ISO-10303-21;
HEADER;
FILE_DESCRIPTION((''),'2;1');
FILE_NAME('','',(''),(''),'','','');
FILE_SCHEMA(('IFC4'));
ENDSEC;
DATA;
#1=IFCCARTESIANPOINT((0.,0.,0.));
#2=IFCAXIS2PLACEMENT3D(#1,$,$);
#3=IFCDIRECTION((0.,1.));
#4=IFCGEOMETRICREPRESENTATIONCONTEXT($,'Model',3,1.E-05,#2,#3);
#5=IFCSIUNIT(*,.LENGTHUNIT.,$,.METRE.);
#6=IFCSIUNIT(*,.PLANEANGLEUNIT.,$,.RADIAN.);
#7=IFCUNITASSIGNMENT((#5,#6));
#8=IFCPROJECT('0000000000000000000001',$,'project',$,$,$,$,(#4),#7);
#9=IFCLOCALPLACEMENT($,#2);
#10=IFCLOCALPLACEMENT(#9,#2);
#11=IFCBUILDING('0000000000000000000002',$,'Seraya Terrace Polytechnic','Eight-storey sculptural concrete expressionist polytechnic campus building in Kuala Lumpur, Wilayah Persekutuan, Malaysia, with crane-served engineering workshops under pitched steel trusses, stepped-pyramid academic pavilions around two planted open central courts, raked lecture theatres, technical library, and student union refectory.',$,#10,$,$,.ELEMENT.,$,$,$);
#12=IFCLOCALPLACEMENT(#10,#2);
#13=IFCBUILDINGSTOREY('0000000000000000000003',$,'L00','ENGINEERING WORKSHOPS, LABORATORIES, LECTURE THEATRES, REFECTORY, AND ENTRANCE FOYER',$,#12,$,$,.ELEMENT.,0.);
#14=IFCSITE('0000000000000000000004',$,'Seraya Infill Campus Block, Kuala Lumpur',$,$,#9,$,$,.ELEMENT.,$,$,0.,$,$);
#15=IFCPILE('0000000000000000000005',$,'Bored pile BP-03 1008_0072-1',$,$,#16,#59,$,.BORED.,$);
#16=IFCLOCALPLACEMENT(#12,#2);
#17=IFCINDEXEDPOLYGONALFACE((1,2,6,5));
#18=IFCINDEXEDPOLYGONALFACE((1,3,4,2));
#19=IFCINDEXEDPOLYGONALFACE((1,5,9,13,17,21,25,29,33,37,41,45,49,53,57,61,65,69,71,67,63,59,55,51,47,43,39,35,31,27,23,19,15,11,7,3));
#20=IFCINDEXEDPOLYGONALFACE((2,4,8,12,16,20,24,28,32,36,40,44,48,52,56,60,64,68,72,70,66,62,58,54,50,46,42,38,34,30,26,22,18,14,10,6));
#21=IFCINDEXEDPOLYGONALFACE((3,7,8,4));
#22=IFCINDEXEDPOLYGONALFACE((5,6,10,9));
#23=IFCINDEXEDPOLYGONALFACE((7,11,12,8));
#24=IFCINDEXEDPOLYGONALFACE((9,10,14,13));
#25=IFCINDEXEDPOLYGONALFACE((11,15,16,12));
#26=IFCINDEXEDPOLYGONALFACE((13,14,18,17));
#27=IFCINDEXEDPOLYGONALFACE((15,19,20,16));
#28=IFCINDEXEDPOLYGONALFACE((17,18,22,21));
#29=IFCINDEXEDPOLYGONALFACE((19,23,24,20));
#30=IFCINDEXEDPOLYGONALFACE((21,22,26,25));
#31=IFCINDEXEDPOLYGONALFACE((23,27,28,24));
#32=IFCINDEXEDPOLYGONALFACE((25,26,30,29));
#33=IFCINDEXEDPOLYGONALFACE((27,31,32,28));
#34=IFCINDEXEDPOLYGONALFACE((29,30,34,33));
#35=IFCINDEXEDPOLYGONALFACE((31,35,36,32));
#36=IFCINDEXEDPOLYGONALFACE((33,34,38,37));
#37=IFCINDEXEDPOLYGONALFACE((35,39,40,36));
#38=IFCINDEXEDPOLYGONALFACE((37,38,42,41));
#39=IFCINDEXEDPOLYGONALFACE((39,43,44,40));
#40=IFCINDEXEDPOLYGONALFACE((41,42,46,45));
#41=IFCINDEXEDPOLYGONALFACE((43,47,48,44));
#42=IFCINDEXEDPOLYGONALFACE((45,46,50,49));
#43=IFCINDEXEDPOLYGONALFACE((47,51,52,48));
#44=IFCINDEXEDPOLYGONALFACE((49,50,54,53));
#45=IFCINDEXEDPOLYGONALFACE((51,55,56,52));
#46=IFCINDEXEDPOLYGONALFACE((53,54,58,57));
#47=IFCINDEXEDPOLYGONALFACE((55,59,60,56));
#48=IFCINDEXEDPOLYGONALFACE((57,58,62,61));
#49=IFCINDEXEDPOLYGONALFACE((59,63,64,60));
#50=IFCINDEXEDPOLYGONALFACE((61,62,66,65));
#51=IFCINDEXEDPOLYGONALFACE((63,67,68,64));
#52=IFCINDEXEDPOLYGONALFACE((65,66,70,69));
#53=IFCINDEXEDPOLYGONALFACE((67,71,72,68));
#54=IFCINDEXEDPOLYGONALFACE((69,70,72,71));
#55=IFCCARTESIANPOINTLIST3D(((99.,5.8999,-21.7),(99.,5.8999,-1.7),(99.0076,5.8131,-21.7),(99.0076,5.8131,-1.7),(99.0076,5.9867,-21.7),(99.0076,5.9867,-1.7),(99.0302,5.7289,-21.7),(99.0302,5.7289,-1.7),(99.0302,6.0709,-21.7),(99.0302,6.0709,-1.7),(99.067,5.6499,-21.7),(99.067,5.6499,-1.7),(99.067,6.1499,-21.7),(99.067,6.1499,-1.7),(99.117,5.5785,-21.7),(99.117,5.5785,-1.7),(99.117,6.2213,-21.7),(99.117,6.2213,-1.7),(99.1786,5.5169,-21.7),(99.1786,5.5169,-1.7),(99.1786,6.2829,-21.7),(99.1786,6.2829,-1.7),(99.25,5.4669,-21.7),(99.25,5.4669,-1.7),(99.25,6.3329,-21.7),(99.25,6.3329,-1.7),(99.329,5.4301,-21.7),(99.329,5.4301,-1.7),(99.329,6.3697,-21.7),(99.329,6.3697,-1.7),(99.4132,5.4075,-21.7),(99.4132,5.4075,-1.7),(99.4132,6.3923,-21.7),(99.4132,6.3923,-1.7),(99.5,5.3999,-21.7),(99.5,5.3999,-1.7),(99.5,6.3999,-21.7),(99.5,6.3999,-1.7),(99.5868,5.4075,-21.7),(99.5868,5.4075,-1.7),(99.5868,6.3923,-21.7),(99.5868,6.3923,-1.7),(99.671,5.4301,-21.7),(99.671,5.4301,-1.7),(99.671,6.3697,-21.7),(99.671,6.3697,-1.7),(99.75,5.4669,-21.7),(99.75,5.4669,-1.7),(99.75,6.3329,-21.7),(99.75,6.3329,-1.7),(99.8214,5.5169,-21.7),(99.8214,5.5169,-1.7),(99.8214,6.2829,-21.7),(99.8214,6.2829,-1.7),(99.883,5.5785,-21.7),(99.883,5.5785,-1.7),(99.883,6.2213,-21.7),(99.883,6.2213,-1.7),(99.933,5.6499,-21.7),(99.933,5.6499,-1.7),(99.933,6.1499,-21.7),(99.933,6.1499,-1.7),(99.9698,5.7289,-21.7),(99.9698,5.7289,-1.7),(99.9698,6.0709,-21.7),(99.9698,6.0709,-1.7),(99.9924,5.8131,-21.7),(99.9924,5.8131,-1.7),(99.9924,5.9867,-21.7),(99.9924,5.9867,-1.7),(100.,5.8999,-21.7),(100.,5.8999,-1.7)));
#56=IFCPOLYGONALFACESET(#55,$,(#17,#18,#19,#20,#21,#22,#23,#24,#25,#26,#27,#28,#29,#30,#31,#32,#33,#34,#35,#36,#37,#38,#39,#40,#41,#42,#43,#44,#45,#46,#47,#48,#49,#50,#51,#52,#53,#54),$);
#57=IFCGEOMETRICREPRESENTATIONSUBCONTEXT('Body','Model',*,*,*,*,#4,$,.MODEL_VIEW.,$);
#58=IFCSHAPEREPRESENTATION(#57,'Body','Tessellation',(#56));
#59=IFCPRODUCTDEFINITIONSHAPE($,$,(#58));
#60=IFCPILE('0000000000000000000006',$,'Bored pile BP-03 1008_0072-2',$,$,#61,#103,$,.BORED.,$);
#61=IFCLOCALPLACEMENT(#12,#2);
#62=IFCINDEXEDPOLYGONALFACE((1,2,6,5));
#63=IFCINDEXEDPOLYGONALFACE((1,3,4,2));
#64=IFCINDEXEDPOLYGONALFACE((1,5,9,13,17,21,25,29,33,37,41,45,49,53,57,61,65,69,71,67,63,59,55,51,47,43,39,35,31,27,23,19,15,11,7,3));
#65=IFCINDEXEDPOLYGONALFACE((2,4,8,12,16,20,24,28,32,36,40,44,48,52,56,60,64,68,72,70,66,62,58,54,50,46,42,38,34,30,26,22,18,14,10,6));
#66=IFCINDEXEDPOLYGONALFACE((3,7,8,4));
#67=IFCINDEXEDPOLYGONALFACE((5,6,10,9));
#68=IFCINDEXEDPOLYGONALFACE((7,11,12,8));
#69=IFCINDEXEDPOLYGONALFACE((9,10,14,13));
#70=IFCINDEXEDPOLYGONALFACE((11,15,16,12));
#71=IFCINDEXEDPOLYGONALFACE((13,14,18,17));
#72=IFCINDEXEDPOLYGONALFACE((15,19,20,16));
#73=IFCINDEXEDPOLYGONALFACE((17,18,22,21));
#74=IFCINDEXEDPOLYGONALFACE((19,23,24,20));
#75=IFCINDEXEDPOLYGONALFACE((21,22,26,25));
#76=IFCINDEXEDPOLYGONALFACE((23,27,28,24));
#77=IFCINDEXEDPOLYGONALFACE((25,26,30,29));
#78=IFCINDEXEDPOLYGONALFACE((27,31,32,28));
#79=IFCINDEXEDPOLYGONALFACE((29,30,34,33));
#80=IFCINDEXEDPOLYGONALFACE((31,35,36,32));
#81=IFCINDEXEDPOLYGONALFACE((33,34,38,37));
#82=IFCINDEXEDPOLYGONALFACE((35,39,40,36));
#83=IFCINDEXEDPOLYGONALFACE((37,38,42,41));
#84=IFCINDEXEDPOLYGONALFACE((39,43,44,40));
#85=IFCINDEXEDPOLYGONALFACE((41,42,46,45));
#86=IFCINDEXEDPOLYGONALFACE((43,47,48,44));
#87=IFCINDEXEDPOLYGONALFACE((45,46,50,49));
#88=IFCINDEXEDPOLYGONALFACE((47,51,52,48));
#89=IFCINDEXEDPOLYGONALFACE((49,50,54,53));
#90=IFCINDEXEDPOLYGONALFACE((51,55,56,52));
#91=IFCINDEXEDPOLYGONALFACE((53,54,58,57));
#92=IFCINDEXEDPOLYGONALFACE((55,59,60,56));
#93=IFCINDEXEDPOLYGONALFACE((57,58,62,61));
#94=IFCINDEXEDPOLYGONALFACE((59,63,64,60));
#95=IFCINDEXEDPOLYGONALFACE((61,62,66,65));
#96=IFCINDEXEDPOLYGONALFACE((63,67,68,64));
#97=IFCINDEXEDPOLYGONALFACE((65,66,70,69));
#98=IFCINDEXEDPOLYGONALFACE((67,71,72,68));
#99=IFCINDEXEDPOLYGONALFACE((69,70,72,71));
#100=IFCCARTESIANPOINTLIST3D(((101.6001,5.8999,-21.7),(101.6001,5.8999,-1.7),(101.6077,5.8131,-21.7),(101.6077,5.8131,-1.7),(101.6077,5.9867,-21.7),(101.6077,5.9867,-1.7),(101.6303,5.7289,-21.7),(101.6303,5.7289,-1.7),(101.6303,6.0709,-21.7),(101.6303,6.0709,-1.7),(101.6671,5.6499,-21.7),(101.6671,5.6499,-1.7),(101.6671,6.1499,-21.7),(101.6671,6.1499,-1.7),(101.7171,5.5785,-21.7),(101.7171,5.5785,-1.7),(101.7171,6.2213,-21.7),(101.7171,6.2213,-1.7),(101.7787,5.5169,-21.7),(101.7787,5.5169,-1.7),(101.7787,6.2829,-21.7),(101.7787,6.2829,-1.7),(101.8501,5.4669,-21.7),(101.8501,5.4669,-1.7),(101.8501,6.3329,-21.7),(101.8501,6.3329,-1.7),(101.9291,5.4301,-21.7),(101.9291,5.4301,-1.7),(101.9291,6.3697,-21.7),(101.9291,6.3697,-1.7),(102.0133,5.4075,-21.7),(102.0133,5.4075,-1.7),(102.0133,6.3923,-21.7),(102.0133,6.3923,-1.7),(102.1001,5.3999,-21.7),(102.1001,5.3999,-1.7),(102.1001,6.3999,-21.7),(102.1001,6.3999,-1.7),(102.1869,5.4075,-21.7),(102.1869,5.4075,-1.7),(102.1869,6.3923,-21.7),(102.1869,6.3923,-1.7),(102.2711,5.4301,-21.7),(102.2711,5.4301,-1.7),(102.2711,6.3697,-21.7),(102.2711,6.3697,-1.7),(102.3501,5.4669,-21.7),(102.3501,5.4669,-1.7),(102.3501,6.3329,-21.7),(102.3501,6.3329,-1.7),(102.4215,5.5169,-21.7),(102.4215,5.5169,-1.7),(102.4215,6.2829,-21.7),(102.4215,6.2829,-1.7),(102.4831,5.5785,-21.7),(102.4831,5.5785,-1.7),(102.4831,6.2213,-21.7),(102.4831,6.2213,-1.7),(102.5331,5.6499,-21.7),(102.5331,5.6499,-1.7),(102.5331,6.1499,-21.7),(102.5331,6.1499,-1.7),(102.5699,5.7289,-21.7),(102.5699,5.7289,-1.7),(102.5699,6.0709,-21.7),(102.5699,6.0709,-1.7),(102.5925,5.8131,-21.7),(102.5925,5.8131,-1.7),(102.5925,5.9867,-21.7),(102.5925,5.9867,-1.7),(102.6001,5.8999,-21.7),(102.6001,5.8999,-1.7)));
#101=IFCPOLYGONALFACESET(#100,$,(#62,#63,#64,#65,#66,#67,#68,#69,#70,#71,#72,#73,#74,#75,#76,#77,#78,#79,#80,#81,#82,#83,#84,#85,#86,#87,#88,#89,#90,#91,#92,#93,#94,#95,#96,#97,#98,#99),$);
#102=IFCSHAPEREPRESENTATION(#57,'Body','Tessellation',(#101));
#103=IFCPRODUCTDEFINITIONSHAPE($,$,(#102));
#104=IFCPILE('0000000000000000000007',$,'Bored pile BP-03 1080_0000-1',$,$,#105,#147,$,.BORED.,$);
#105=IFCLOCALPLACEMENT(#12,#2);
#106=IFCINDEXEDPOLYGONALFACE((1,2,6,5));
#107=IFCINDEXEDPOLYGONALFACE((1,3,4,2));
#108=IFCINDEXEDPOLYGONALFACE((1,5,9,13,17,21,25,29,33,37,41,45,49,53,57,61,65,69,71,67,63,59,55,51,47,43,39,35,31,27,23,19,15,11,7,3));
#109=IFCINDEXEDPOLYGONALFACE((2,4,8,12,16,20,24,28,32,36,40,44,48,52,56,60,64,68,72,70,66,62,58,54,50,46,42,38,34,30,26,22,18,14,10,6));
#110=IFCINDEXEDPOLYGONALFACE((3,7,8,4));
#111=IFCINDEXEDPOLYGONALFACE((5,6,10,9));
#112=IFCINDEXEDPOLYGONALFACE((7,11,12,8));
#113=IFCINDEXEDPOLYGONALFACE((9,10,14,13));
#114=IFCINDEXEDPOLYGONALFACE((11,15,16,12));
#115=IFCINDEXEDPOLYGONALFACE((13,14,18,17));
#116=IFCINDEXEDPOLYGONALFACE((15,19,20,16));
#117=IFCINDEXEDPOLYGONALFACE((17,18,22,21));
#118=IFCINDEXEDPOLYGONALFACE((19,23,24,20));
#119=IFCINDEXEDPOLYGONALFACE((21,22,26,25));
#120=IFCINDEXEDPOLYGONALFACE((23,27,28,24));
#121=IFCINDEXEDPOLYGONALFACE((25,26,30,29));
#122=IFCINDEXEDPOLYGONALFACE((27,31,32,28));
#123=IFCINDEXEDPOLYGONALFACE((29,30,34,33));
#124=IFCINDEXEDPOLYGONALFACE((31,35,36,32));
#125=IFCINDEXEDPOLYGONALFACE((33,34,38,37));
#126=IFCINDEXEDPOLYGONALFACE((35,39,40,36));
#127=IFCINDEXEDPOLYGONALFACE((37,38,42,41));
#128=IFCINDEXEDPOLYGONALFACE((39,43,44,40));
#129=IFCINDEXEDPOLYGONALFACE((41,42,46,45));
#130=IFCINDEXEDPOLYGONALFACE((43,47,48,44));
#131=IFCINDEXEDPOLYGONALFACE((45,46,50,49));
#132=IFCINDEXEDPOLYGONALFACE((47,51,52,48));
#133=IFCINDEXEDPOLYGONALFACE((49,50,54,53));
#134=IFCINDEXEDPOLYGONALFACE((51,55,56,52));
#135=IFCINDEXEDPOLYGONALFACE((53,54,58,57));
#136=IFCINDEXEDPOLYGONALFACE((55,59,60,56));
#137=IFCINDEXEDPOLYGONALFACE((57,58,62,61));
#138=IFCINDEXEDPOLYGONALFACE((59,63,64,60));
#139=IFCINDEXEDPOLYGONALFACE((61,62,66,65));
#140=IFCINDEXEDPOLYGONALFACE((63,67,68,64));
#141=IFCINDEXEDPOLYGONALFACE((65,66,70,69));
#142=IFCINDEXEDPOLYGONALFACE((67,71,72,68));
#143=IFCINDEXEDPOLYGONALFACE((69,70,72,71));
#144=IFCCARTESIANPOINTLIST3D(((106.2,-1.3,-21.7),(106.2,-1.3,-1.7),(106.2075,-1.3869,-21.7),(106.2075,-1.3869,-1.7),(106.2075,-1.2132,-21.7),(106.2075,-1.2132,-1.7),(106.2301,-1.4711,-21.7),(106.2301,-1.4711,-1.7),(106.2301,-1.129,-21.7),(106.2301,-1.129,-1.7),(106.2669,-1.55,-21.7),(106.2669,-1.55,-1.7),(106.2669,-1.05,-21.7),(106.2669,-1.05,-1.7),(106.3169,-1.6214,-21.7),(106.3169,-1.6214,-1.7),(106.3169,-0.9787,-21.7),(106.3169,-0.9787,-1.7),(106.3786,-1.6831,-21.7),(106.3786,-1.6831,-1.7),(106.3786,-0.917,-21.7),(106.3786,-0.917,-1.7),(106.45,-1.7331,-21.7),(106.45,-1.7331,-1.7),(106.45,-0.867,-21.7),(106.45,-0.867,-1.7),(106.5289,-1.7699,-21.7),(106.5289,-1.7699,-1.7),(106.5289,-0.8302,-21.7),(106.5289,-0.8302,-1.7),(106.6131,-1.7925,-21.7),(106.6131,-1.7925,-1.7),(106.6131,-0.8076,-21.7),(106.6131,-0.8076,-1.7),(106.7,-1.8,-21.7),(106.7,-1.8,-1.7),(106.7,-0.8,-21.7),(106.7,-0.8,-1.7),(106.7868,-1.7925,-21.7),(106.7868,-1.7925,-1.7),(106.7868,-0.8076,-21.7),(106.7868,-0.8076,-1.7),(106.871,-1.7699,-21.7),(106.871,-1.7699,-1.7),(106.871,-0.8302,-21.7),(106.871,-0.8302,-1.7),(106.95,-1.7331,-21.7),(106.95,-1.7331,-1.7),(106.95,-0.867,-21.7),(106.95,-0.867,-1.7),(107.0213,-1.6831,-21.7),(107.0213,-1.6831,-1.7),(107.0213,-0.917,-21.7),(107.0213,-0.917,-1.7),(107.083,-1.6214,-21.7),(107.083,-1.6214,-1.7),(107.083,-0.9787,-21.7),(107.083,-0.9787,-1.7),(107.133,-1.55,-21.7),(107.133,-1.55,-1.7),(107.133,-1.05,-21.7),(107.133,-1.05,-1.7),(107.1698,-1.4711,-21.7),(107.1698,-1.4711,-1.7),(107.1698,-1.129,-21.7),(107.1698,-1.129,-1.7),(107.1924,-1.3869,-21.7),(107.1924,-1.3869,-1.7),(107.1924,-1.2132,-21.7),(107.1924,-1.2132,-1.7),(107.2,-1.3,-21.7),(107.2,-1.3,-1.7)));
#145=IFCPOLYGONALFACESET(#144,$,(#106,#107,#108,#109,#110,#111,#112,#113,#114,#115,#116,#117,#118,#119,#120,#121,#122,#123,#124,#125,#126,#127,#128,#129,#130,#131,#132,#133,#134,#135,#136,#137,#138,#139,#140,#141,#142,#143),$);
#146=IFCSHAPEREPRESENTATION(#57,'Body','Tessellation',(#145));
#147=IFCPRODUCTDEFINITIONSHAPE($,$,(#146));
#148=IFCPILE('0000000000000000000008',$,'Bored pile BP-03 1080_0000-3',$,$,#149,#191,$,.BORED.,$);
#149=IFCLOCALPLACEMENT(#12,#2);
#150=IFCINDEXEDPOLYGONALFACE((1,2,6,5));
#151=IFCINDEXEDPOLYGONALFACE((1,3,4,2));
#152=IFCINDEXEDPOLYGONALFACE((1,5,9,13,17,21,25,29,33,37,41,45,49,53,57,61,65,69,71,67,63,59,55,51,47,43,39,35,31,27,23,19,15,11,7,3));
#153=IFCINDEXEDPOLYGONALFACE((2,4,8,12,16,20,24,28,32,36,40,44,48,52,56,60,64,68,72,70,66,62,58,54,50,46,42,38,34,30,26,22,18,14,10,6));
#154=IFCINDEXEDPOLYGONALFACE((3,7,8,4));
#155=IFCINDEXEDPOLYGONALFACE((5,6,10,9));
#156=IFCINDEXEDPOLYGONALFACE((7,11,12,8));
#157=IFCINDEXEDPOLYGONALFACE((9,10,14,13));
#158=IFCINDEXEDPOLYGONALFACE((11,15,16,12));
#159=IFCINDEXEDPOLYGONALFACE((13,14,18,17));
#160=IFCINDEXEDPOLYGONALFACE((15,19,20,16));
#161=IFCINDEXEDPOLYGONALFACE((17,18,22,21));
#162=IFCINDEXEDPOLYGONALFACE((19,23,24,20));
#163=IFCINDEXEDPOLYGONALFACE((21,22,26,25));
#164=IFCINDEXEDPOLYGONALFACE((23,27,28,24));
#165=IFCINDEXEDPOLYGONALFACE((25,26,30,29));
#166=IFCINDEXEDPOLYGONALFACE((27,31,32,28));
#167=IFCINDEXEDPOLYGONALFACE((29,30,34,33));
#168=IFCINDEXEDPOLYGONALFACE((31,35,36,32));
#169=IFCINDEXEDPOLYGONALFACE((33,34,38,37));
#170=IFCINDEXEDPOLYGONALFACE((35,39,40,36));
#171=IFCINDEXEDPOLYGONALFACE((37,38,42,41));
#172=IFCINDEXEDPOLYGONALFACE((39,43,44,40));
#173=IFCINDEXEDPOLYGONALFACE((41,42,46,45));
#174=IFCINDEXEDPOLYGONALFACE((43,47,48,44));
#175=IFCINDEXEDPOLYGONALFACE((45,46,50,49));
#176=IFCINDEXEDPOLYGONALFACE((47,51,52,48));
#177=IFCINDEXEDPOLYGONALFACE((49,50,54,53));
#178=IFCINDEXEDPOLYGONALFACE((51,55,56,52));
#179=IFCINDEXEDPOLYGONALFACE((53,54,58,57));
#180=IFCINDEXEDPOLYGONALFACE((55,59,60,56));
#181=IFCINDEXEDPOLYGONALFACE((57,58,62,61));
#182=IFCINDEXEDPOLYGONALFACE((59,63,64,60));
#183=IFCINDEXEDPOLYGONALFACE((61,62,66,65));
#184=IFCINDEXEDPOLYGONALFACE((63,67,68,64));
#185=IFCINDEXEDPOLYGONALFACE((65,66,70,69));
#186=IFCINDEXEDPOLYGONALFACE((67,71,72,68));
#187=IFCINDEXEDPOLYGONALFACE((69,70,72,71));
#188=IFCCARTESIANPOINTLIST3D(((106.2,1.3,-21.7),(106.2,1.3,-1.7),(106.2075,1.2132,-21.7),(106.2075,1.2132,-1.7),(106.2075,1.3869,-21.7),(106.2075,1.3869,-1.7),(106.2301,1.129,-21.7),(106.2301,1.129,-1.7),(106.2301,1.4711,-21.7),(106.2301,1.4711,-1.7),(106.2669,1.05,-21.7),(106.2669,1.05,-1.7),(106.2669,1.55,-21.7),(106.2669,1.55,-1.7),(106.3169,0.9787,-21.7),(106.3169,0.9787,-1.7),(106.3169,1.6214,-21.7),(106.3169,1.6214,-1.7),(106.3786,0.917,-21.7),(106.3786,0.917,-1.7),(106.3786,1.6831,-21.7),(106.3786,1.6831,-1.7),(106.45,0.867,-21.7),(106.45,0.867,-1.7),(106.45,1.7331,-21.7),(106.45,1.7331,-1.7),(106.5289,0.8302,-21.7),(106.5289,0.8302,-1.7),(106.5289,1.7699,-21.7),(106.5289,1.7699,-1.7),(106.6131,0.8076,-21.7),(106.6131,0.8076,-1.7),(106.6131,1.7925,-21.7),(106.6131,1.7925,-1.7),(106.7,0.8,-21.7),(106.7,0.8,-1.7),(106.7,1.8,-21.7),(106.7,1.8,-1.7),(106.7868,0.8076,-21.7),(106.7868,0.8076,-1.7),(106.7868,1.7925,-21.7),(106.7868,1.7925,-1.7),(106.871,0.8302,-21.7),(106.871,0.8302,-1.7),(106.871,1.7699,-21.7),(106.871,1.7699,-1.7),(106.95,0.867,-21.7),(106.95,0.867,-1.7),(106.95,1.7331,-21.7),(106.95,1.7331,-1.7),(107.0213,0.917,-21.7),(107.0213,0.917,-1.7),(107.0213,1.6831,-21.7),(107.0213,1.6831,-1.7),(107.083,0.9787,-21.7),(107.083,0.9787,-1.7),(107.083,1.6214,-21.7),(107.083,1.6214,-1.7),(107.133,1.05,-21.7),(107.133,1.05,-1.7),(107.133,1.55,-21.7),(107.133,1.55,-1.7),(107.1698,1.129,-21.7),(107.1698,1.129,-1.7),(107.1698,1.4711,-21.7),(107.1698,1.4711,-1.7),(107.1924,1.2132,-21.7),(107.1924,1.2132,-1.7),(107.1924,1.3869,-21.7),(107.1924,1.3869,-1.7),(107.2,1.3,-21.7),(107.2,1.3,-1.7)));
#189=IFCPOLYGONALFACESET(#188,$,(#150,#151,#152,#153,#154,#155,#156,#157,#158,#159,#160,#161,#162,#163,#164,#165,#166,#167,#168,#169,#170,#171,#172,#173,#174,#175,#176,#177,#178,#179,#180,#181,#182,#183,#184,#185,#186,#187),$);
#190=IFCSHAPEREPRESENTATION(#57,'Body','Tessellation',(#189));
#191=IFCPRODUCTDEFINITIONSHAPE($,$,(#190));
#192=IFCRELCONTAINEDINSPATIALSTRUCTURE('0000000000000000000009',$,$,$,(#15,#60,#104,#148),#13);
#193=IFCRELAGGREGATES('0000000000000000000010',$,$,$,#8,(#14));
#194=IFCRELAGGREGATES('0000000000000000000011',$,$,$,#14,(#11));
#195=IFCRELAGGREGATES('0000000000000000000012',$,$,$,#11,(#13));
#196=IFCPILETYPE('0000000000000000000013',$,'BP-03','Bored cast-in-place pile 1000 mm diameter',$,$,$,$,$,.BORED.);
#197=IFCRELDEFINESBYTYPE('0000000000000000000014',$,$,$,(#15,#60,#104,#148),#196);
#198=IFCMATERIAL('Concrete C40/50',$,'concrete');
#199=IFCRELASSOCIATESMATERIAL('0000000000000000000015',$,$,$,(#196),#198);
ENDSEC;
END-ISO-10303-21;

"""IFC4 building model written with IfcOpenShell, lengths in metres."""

from ifc_helpers import new_model, si_unit, direction, frame, origin, origin_2d, place, context, subcontext, project, spatial, circle, extrude, material, material_profile, profile_set, type_object, element, save


model = new_model("IFC4")

# Units and contexts
model_context = context("Model", 3, precision=1e-05, world=origin(), true_north=direction((0.0, 1.0)))
body_context = subcontext(model_context, "Body", "Model", "MODEL_VIEW")
ifc_project = project(units=[si_unit("LENGTHUNIT", "METRE"), si_unit("PLANEANGLEUNIT", "RADIAN")], contexts=[model_context])

# Site, building, storey
site_placement = place(None, origin())
site = spatial("IfcSite", under=ifc_project, at=site_placement, Name="Seraya Infill Campus Block, Kuala Lumpur", CompositionType="ELEMENT", RefElevation=0.0)
building_placement = place(site_placement, origin())
building = spatial("IfcBuilding", under=site, at=building_placement, Name="Seraya Terrace Polytechnic", Description="Eight-storey sculptural concrete expressionist polytechnic campus building in Kuala Lumpur, Wilayah Persekutuan, Malaysia, with crane-served engineering workshops under pitched steel trusses, stepped-pyramid academic pavilions around two planted open central courts, raked lecture theatres, technical library, and student union refectory.", CompositionType="ELEMENT")
storey_placement = place(building_placement, origin())
storey = spatial("IfcBuildingStorey", under=building, at=storey_placement, Name="L00", Description="ENGINEERING WORKSHOPS, LABORATORIES, LECTURE THEATRES, REFECTORY, AND ENTRANCE FOYER", CompositionType="ELEMENT", Elevation=0.0)

# Piles
ifc_material_1 = material(Name="Concrete C40/50", Category="concrete")
ifc_material_profile_1 = material_profile(ifc_material_1, circle(Radius=0.5, at=origin_2d()), Name="DIA 1000")
ifc_profile_set_1 = profile_set([ifc_material_profile_1], Name="Concrete C40/50")
pile_type_1 = type_object("IfcPileType", Name="BP-03", Description="Bored cast-in-place pile 1000 mm diameter", PredefinedType="BORED", material=ifc_profile_set_1)
for number, where, z_axis, x_axis, name in (
    (1, (99.5, 5.8999, -1.7), (0.0, 0.0, -1.0), (1.0, 0.0, 0.0), "Bored pile BP-03 1008_0072-1"),
    (2, (102.1001, 5.8999, -1.7), (0.0, 0.0, -1.0), (1.0, 0.0, 0.0), "Bored pile BP-03 1008_0072-2"),
    (3, (106.7, -1.3, -1.7), (0.0, 0.0, -1.0), (1.0, 0.0, 0.0), "Bored pile BP-03 1080_0000-1"),
    (4, (106.7, 1.3, -1.7), (0.0, 0.0, -1.0), (1.0, 0.0, 0.0), "Bored pile BP-03 1080_0000-3"),
):
    element("IfcPile", number, at=place(storey_placement, frame(where, z_axis=z_axis, x_axis=x_axis)), inside=storey, type_object=pile_type_1, Name=name, PredefinedType="BORED", context=body_context, shape_type="SweptSolid", body=[
        extrude(circle(Radius=0.5, at=origin_2d()), origin(), (0.0, 0.0, 1.0), 20.0),
    ])

save(model, "model.ifc")
